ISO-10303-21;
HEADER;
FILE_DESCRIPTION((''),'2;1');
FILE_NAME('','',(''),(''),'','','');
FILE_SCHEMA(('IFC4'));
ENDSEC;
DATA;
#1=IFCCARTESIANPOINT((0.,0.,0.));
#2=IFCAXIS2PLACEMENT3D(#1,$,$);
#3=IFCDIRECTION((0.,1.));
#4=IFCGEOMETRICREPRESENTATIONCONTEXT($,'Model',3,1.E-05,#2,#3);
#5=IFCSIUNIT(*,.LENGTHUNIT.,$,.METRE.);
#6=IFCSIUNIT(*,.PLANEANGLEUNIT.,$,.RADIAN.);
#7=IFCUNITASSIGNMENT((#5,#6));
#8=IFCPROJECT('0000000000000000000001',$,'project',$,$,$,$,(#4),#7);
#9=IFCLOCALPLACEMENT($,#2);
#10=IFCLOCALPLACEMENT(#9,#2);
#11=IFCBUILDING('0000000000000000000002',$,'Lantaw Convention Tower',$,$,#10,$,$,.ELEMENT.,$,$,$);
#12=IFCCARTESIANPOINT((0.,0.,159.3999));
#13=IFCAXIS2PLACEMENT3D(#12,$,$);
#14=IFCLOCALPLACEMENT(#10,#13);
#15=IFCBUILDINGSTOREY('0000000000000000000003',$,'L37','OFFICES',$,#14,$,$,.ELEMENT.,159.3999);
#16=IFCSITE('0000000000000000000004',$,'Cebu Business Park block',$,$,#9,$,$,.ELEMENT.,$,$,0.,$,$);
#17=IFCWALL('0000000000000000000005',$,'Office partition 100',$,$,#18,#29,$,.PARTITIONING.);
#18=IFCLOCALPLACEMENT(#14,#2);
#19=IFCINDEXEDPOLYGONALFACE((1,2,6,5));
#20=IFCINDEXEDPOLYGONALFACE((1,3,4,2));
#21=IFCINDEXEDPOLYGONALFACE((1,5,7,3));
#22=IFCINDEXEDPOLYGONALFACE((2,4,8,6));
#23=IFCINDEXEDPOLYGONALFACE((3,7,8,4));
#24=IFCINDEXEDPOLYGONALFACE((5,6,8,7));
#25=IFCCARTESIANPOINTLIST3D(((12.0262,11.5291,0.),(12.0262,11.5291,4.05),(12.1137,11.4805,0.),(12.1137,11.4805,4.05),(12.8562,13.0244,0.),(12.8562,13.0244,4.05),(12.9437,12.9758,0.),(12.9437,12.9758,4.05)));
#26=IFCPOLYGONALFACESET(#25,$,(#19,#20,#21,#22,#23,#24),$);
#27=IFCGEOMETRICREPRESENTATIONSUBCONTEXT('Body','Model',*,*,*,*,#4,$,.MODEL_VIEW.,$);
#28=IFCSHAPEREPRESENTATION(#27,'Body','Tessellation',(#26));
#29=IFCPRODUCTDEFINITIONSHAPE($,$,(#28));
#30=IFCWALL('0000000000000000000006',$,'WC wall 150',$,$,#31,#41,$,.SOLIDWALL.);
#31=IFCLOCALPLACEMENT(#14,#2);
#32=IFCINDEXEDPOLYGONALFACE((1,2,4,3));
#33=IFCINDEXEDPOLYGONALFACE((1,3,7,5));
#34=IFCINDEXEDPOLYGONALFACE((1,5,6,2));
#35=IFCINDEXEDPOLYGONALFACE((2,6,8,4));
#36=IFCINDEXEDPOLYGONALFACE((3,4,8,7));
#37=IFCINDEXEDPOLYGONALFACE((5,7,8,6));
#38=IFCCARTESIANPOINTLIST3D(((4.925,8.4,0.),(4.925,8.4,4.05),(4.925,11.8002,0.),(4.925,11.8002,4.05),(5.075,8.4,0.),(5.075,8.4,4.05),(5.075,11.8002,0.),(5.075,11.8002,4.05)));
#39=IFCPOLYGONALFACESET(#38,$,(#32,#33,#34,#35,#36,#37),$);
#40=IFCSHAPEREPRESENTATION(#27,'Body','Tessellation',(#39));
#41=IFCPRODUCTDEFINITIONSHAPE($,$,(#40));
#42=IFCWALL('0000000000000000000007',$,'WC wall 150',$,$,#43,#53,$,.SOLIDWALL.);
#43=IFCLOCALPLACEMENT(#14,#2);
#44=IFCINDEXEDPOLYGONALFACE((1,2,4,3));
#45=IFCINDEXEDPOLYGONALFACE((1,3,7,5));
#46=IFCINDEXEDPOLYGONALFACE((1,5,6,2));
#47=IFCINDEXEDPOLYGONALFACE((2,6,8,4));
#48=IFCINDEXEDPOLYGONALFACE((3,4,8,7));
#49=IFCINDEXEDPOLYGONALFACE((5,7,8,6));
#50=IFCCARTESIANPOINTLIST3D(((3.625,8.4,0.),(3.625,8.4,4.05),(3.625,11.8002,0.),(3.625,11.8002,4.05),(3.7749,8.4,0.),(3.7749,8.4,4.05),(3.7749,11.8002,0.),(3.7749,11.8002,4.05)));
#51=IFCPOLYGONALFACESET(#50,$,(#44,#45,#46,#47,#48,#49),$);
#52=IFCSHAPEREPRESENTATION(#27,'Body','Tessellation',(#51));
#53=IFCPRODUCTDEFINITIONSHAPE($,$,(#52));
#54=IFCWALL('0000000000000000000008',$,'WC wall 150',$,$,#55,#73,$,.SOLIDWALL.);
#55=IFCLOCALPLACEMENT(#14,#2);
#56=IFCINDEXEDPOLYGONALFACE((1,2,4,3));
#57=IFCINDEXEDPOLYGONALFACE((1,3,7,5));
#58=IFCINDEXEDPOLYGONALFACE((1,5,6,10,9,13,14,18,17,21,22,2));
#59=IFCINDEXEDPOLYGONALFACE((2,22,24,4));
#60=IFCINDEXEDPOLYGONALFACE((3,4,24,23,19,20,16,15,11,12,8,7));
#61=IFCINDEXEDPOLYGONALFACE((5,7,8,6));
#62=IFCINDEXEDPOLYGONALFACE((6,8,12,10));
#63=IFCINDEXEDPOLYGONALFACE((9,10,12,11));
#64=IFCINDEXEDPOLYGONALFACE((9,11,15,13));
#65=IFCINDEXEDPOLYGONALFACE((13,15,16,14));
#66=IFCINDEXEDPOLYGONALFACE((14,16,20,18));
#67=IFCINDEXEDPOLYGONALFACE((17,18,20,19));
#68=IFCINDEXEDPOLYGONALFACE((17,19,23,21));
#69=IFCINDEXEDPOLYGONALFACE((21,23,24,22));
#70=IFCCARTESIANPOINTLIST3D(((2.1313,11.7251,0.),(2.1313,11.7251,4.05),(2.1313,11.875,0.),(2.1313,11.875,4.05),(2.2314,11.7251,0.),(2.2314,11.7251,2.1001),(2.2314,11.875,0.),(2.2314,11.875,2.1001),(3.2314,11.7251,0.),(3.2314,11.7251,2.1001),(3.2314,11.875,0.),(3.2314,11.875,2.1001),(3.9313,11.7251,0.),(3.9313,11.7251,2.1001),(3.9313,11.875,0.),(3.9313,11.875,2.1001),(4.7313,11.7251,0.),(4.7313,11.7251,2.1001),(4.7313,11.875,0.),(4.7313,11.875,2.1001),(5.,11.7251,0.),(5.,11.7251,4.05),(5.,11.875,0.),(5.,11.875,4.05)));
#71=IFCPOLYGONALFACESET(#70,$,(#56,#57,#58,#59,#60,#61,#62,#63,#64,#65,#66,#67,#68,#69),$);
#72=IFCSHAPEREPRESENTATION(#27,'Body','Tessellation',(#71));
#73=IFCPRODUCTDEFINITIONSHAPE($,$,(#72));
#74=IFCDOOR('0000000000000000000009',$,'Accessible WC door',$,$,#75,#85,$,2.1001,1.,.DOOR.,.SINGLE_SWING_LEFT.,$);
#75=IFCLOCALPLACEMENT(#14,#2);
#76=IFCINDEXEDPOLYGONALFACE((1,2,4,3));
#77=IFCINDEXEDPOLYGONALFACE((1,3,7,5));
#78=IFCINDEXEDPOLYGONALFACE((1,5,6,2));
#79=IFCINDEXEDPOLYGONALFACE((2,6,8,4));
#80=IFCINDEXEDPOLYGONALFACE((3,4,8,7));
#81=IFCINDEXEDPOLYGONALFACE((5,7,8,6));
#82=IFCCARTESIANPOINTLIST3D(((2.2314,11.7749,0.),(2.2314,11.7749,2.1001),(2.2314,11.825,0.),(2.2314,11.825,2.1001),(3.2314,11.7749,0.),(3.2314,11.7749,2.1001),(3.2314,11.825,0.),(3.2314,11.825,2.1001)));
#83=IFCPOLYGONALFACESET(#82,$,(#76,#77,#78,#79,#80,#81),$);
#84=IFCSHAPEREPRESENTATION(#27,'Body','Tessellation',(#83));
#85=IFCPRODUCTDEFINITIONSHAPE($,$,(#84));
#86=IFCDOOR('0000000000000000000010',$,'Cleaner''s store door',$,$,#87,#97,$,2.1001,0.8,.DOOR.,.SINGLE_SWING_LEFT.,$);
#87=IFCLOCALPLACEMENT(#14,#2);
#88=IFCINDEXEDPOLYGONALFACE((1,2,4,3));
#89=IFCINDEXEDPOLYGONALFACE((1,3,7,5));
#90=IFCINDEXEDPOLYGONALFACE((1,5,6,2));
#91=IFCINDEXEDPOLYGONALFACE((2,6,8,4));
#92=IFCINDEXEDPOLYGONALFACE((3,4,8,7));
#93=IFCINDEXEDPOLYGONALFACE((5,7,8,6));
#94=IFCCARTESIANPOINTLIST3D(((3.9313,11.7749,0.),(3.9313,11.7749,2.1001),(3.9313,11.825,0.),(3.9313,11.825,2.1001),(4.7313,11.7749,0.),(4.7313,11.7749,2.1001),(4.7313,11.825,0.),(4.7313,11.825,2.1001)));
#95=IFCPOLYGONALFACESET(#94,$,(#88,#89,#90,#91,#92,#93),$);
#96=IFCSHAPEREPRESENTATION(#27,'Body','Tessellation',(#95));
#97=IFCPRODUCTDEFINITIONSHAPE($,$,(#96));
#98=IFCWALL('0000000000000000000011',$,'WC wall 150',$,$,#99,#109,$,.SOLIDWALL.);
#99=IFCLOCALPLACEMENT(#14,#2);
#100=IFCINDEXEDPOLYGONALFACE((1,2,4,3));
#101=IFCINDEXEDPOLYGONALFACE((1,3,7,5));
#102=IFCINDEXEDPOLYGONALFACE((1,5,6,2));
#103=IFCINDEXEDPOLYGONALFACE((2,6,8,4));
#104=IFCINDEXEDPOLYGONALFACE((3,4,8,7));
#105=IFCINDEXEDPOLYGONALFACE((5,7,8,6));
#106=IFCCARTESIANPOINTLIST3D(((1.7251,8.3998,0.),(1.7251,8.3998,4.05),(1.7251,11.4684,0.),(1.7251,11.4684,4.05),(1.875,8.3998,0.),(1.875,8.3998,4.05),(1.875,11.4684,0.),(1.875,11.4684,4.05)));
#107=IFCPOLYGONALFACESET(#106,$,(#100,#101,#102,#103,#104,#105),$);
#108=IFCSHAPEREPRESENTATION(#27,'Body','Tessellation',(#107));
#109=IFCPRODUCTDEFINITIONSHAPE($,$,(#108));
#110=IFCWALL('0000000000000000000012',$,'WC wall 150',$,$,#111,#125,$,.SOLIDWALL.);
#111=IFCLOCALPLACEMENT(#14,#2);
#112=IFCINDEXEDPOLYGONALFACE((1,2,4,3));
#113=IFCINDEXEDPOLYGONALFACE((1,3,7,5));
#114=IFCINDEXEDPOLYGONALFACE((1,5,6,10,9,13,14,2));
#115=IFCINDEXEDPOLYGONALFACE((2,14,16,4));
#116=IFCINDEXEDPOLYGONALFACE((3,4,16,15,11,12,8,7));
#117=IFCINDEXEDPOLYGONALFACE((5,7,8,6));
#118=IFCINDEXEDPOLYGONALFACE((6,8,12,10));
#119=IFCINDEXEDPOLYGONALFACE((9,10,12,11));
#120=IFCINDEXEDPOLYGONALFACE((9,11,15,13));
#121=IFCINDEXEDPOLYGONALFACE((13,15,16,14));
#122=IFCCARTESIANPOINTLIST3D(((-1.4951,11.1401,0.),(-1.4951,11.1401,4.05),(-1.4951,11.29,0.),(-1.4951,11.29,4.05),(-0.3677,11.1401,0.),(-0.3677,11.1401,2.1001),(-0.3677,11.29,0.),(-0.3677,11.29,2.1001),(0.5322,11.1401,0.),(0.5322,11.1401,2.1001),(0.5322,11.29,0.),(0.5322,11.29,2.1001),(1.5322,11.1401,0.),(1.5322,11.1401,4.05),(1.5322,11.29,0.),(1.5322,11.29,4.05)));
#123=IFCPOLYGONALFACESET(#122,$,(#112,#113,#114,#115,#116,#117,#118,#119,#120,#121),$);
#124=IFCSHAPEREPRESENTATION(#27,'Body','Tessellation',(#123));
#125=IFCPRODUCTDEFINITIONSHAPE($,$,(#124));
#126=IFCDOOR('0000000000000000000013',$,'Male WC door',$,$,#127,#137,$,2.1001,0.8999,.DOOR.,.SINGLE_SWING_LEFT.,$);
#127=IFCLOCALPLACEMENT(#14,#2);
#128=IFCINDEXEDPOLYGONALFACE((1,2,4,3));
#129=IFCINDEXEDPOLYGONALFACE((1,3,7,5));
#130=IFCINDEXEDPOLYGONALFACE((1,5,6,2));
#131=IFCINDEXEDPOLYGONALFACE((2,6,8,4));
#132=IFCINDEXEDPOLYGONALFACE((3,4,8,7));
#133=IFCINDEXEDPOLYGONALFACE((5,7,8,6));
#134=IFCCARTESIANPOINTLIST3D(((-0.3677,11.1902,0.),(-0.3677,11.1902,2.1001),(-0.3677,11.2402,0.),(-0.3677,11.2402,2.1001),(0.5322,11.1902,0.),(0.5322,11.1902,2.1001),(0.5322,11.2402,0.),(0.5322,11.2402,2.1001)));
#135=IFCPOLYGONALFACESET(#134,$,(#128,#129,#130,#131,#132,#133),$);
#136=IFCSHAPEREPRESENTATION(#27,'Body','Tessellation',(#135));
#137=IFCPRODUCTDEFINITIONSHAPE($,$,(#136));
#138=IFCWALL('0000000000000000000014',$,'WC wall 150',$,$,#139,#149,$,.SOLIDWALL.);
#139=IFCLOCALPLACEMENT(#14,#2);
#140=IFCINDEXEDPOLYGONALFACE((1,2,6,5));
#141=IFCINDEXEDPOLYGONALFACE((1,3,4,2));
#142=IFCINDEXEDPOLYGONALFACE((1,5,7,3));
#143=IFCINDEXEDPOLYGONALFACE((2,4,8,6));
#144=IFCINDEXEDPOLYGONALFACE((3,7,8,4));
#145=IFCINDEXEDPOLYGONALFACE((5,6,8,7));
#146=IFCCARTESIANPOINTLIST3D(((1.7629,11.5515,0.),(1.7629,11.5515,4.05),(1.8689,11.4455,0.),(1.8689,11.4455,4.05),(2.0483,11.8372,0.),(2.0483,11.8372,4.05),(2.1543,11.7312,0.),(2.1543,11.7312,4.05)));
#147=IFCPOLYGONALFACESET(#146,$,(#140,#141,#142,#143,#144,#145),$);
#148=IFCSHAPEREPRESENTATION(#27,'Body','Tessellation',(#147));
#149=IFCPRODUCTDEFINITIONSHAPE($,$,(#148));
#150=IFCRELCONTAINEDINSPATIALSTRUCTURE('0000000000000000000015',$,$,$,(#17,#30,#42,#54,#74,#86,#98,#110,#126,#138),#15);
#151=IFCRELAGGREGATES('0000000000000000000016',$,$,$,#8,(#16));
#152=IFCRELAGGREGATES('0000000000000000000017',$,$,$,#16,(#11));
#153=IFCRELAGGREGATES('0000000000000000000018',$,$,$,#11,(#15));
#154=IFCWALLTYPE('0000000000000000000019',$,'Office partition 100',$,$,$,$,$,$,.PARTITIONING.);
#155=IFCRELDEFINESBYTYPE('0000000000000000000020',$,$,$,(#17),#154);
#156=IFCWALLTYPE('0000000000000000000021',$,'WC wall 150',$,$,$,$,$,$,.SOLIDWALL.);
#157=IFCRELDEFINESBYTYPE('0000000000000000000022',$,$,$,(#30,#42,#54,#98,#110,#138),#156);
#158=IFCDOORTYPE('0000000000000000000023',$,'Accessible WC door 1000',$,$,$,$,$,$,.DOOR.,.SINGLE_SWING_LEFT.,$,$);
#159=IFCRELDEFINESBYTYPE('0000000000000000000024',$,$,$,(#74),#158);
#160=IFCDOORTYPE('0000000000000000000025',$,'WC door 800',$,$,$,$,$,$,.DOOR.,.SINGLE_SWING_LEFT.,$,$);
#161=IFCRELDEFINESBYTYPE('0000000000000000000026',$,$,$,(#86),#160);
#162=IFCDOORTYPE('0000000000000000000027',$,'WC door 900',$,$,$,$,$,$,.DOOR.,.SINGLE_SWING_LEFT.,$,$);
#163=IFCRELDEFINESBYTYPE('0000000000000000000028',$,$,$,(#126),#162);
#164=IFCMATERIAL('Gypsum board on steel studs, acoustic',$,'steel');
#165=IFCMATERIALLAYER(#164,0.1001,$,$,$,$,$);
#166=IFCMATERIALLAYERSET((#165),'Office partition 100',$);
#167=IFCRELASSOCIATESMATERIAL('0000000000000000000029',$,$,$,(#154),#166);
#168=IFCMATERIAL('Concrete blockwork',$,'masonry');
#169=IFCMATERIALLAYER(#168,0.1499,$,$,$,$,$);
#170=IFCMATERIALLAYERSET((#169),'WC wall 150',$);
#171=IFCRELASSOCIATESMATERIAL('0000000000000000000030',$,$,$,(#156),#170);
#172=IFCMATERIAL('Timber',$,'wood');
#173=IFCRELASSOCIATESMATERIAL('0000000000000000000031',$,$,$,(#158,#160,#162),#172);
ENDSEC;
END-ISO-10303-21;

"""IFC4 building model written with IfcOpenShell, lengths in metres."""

from ifc_helpers import new_model, si_unit, direction, frame, frame_2d, origin, place, context, subcontext, project, spatial, rectangle, extrude, material, layer, layer_set, type_object, element, fill, save


model = new_model("IFC4")

# Units and contexts
model_context = context("Model", 3, precision=1e-05, world=origin(), true_north=direction((0.0, 1.0)))
body_context = subcontext(model_context, "Body", "Model", "MODEL_VIEW")
ifc_project = project(units=[si_unit("LENGTHUNIT", "METRE"), si_unit("PLANEANGLEUNIT", "RADIAN")], contexts=[model_context])

# Site, building, storey
site_placement = place(None, origin())
site = spatial("IfcSite", under=ifc_project, at=site_placement, Name="Cebu Business Park block", CompositionType="ELEMENT", RefElevation=0.0)
building_placement = place(site_placement, origin())
building = spatial("IfcBuilding", under=site, at=building_placement, Name="Lantaw Convention Tower", CompositionType="ELEMENT")
storey_placement = place(building_placement, frame((0.0, 0.0, 159.3999)))
storey = spatial("IfcBuildingStorey", under=building, at=storey_placement, Name="L37", Description="OFFICES", CompositionType="ELEMENT", Elevation=159.3999)

# Walls
ifc_material_1 = material(Name="Gypsum board on steel studs, acoustic", Category="steel")
ifc_layer_1 = layer(ifc_material_1, 0.1001)
ifc_layer_set_1 = layer_set([ifc_layer_1], Name="Office partition 100")
wall_type_1 = type_object("IfcWallType", Name="Office partition 100", PredefinedType="PARTITIONING", material=ifc_layer_set_1)
wall_1_placement = place(storey_placement, frame((12.8999, 13.0, 0.0), z_axis=(0.0, 0.0, 1.0), x_axis=(-0.48534, -0.874326, 0.0)))
element("IfcWall", 1, at=wall_1_placement, inside=storey, type_object=wall_type_1, Name="Office partition 100", PredefinedType="PARTITIONING", context=body_context, shape_type="SweptSolid", body=[
    extrude(rectangle(XDim=1.7102, YDim=0.1001, at=frame_2d((0.855, 0.0))), origin(), (0.0, 0.0, 1.0), 4.05),
])
ifc_material_2 = material(Name="Concrete blockwork", Category="masonry")
ifc_layer_2 = layer(ifc_material_2, 0.1499)
ifc_layer_set_2 = layer_set([ifc_layer_2], Name="WC wall 150")
wall_type_2 = type_object("IfcWallType", Name="WC wall 150", PredefinedType="SOLIDWALL", material=ifc_layer_set_2)
for number, where, z_axis, x_axis, name in (
    (2, (5.0, 8.3999, 0.0), (0.0, 0.0, 1.0), (0.0, 1.0, 0.0), "WC wall 150"),
    (3, (3.7, 8.3999, 0.0), (0.0, 0.0, 1.0), (0.0, 1.0, 0.0), "WC wall 150"),
):
    element("IfcWall", number, at=place(storey_placement, frame(where, z_axis=z_axis, x_axis=x_axis)), inside=storey, type_object=wall_type_2, Name=name, PredefinedType="SOLIDWALL", context=body_context, shape_type="SweptSolid", body=[
        extrude(rectangle(XDim=3.4001, YDim=0.1499, at=frame_2d((1.7002, 0.0))), origin(), (0.0, 0.0, 1.0), 4.05),
    ])

# Wall, openings, doors
wall_2_placement = place(storey_placement, frame((2.1313, 11.8, 0.0), z_axis=(0.0, 0.0, 1.0), x_axis=(1.0, 0.0, 0.0)))
wall_2 = element("IfcWall", 4, at=wall_2_placement, inside=storey, type_object=wall_type_2, Name="WC wall 150", PredefinedType="SOLIDWALL", context=body_context, shape_type="SweptSolid", body=[
    extrude(rectangle(XDim=2.8687, YDim=0.1499, at=frame_2d((1.4343, 0.0))), origin(), (0.0, 0.0, 1.0), 4.05),
])
opening_1_placement = place(wall_2_placement, frame((0.1001, 0.0, 0.0)))
opening_1 = element("IfcOpeningElement", 5, at=opening_1_placement, cuts=wall_2, PredefinedType="OPENING", context=body_context, shape_type="SweptSolid", body=[
    extrude(rectangle(XDim=1.0, YDim=2.1001, at=frame_2d((0.5, 1.05))), frame((0.0, 0.085, 0.0), z_axis=(0.0, -1.0, 0.0), x_axis=(1.0, 0.0, 0.0)), (0.0, 0.0, 1.0), 0.1699),
])
opening_2_placement = place(wall_2_placement, frame((1.8, 0.0, 0.0)))
opening_2 = element("IfcOpeningElement", 6, at=opening_2_placement, cuts=wall_2, PredefinedType="OPENING", context=body_context, shape_type="SweptSolid", body=[
    extrude(rectangle(XDim=0.8, YDim=2.1001, at=frame_2d((0.3999, 1.05))), frame((0.0, 0.085, 0.0), z_axis=(0.0, -1.0, 0.0), x_axis=(1.0, 0.0, 0.0)), (0.0, 0.0, 1.0), 0.1699),
])
ifc_material_3 = material(Name="Timber", Category="wood")
door_type_1 = type_object("IfcDoorType", Name="Accessible WC door 1000", OperationType="SINGLE_SWING_LEFT", PredefinedType="DOOR", material=ifc_material_3)
door_1_placement = place(opening_1_placement, origin())
door_1 = element("IfcDoor", 7, at=door_1_placement, inside=storey, type_object=door_type_1, Name="Accessible WC door", OperationType="SINGLE_SWING_LEFT", OverallHeight=2.1001, OverallWidth=1.0, PredefinedType="DOOR", context=body_context, shape_type="SweptSolid", body=[
    extrude(rectangle(XDim=1.0, YDim=2.1001, at=frame_2d((0.5, 1.05))), frame((0.0, 0.0249, 0.0), z_axis=(0.0, -1.0, 0.0), x_axis=(1.0, 0.0, 0.0)), (0.0, 0.0, 1.0), 0.05),
])
fill(opening_1, door_1)
door_type_2 = type_object("IfcDoorType", Name="WC door 800", OperationType="SINGLE_SWING_LEFT", PredefinedType="DOOR", material=ifc_material_3)
door_2_placement = place(opening_2_placement, origin())
door_2 = element("IfcDoor", 8, at=door_2_placement, inside=storey, type_object=door_type_2, Name="Cleaner's store door", OperationType="SINGLE_SWING_LEFT", OverallHeight=2.1001, OverallWidth=0.8, PredefinedType="DOOR", context=body_context, shape_type="SweptSolid", body=[
    extrude(rectangle(XDim=0.8, YDim=2.1001, at=frame_2d((0.3999, 1.05))), frame((0.0, 0.0249, 0.0), z_axis=(0.0, -1.0, 0.0), x_axis=(1.0, 0.0, 0.0)), (0.0, 0.0, 1.0), 0.05),
])
fill(opening_2, door_2)

# Wall
wall_3_placement = place(storey_placement, frame((1.8, 8.3999, 0.0), z_axis=(0.0, 0.0, 1.0), x_axis=(0.0, 1.0, 0.0)))
element("IfcWall", 9, at=wall_3_placement, inside=storey, type_object=wall_type_2, Name="WC wall 150", PredefinedType="SOLIDWALL", context=body_context, shape_type="SweptSolid", body=[
    extrude(rectangle(XDim=3.0686, YDim=0.1499, at=frame_2d((1.5342, 0.0))), origin(), (0.0, 0.0, 1.0), 4.05),
])

# Wall, opening, door
wall_4_placement = place(storey_placement, frame((1.5322, 11.2151, 0.0), z_axis=(0.0, 0.0, 1.0), x_axis=(-1.0, 0.0, 0.0)))
wall_4 = element("IfcWall", 10, at=wall_4_placement, inside=storey, type_object=wall_type_2, Name="WC wall 150", PredefinedType="SOLIDWALL", context=body_context, shape_type="SweptSolid", body=[
    extrude(rectangle(XDim=3.0273, YDim=0.1499, at=frame_2d((1.5137, 0.0))), origin(), (0.0, 0.0, 1.0), 4.05),
])
opening_3_placement = place(wall_4_placement, frame((1.0, 0.0, 0.0)))
opening_3 = element("IfcOpeningElement", 11, at=opening_3_placement, cuts=wall_4, PredefinedType="OPENING", context=body_context, shape_type="SweptSolid", body=[
    extrude(rectangle(XDim=0.8999, YDim=2.1001, at=frame_2d((0.45, 1.05))), frame((0.0, 0.085, 0.0), z_axis=(0.0, -1.0, 0.0), x_axis=(1.0, 0.0, 0.0)), (0.0, 0.0, 1.0), 0.1699),
])
door_type_3 = type_object("IfcDoorType", Name="WC door 900", OperationType="SINGLE_SWING_LEFT", PredefinedType="DOOR", material=ifc_material_3)
door_3_placement = place(opening_3_placement, origin())
door_3 = element("IfcDoor", 12, at=door_3_placement, inside=storey, type_object=door_type_3, Name="Male WC door", OperationType="SINGLE_SWING_LEFT", OverallHeight=2.1001, OverallWidth=0.8999, PredefinedType="DOOR", context=body_context, shape_type="SweptSolid", body=[
    extrude(rectangle(XDim=0.8999, YDim=2.1001, at=frame_2d((0.45, 1.05))), frame((0.0, 0.0249, 0.0), z_axis=(0.0, -1.0, 0.0), x_axis=(1.0, 0.0, 0.0)), (0.0, 0.0, 1.0), 0.05),
])
fill(opening_3, door_3)

# Wall
wall_5_placement = place(storey_placement, frame((2.1013, 11.7842, 0.0), z_axis=(0.0, 0.0, 1.0), x_axis=(-0.706804, -0.707409, 0.0)))
element("IfcWall", 13, at=wall_5_placement, inside=storey, type_object=wall_type_2, Name="WC wall 150", PredefinedType="SOLIDWALL", context=body_context, shape_type="SweptSolid", body=[
    extrude(rectangle(XDim=0.4038, YDim=0.1499, at=frame_2d((0.2019, 0.0))), origin(), (0.0, 0.0, 1.0), 4.05),
])

save(model, "model.ifc")
